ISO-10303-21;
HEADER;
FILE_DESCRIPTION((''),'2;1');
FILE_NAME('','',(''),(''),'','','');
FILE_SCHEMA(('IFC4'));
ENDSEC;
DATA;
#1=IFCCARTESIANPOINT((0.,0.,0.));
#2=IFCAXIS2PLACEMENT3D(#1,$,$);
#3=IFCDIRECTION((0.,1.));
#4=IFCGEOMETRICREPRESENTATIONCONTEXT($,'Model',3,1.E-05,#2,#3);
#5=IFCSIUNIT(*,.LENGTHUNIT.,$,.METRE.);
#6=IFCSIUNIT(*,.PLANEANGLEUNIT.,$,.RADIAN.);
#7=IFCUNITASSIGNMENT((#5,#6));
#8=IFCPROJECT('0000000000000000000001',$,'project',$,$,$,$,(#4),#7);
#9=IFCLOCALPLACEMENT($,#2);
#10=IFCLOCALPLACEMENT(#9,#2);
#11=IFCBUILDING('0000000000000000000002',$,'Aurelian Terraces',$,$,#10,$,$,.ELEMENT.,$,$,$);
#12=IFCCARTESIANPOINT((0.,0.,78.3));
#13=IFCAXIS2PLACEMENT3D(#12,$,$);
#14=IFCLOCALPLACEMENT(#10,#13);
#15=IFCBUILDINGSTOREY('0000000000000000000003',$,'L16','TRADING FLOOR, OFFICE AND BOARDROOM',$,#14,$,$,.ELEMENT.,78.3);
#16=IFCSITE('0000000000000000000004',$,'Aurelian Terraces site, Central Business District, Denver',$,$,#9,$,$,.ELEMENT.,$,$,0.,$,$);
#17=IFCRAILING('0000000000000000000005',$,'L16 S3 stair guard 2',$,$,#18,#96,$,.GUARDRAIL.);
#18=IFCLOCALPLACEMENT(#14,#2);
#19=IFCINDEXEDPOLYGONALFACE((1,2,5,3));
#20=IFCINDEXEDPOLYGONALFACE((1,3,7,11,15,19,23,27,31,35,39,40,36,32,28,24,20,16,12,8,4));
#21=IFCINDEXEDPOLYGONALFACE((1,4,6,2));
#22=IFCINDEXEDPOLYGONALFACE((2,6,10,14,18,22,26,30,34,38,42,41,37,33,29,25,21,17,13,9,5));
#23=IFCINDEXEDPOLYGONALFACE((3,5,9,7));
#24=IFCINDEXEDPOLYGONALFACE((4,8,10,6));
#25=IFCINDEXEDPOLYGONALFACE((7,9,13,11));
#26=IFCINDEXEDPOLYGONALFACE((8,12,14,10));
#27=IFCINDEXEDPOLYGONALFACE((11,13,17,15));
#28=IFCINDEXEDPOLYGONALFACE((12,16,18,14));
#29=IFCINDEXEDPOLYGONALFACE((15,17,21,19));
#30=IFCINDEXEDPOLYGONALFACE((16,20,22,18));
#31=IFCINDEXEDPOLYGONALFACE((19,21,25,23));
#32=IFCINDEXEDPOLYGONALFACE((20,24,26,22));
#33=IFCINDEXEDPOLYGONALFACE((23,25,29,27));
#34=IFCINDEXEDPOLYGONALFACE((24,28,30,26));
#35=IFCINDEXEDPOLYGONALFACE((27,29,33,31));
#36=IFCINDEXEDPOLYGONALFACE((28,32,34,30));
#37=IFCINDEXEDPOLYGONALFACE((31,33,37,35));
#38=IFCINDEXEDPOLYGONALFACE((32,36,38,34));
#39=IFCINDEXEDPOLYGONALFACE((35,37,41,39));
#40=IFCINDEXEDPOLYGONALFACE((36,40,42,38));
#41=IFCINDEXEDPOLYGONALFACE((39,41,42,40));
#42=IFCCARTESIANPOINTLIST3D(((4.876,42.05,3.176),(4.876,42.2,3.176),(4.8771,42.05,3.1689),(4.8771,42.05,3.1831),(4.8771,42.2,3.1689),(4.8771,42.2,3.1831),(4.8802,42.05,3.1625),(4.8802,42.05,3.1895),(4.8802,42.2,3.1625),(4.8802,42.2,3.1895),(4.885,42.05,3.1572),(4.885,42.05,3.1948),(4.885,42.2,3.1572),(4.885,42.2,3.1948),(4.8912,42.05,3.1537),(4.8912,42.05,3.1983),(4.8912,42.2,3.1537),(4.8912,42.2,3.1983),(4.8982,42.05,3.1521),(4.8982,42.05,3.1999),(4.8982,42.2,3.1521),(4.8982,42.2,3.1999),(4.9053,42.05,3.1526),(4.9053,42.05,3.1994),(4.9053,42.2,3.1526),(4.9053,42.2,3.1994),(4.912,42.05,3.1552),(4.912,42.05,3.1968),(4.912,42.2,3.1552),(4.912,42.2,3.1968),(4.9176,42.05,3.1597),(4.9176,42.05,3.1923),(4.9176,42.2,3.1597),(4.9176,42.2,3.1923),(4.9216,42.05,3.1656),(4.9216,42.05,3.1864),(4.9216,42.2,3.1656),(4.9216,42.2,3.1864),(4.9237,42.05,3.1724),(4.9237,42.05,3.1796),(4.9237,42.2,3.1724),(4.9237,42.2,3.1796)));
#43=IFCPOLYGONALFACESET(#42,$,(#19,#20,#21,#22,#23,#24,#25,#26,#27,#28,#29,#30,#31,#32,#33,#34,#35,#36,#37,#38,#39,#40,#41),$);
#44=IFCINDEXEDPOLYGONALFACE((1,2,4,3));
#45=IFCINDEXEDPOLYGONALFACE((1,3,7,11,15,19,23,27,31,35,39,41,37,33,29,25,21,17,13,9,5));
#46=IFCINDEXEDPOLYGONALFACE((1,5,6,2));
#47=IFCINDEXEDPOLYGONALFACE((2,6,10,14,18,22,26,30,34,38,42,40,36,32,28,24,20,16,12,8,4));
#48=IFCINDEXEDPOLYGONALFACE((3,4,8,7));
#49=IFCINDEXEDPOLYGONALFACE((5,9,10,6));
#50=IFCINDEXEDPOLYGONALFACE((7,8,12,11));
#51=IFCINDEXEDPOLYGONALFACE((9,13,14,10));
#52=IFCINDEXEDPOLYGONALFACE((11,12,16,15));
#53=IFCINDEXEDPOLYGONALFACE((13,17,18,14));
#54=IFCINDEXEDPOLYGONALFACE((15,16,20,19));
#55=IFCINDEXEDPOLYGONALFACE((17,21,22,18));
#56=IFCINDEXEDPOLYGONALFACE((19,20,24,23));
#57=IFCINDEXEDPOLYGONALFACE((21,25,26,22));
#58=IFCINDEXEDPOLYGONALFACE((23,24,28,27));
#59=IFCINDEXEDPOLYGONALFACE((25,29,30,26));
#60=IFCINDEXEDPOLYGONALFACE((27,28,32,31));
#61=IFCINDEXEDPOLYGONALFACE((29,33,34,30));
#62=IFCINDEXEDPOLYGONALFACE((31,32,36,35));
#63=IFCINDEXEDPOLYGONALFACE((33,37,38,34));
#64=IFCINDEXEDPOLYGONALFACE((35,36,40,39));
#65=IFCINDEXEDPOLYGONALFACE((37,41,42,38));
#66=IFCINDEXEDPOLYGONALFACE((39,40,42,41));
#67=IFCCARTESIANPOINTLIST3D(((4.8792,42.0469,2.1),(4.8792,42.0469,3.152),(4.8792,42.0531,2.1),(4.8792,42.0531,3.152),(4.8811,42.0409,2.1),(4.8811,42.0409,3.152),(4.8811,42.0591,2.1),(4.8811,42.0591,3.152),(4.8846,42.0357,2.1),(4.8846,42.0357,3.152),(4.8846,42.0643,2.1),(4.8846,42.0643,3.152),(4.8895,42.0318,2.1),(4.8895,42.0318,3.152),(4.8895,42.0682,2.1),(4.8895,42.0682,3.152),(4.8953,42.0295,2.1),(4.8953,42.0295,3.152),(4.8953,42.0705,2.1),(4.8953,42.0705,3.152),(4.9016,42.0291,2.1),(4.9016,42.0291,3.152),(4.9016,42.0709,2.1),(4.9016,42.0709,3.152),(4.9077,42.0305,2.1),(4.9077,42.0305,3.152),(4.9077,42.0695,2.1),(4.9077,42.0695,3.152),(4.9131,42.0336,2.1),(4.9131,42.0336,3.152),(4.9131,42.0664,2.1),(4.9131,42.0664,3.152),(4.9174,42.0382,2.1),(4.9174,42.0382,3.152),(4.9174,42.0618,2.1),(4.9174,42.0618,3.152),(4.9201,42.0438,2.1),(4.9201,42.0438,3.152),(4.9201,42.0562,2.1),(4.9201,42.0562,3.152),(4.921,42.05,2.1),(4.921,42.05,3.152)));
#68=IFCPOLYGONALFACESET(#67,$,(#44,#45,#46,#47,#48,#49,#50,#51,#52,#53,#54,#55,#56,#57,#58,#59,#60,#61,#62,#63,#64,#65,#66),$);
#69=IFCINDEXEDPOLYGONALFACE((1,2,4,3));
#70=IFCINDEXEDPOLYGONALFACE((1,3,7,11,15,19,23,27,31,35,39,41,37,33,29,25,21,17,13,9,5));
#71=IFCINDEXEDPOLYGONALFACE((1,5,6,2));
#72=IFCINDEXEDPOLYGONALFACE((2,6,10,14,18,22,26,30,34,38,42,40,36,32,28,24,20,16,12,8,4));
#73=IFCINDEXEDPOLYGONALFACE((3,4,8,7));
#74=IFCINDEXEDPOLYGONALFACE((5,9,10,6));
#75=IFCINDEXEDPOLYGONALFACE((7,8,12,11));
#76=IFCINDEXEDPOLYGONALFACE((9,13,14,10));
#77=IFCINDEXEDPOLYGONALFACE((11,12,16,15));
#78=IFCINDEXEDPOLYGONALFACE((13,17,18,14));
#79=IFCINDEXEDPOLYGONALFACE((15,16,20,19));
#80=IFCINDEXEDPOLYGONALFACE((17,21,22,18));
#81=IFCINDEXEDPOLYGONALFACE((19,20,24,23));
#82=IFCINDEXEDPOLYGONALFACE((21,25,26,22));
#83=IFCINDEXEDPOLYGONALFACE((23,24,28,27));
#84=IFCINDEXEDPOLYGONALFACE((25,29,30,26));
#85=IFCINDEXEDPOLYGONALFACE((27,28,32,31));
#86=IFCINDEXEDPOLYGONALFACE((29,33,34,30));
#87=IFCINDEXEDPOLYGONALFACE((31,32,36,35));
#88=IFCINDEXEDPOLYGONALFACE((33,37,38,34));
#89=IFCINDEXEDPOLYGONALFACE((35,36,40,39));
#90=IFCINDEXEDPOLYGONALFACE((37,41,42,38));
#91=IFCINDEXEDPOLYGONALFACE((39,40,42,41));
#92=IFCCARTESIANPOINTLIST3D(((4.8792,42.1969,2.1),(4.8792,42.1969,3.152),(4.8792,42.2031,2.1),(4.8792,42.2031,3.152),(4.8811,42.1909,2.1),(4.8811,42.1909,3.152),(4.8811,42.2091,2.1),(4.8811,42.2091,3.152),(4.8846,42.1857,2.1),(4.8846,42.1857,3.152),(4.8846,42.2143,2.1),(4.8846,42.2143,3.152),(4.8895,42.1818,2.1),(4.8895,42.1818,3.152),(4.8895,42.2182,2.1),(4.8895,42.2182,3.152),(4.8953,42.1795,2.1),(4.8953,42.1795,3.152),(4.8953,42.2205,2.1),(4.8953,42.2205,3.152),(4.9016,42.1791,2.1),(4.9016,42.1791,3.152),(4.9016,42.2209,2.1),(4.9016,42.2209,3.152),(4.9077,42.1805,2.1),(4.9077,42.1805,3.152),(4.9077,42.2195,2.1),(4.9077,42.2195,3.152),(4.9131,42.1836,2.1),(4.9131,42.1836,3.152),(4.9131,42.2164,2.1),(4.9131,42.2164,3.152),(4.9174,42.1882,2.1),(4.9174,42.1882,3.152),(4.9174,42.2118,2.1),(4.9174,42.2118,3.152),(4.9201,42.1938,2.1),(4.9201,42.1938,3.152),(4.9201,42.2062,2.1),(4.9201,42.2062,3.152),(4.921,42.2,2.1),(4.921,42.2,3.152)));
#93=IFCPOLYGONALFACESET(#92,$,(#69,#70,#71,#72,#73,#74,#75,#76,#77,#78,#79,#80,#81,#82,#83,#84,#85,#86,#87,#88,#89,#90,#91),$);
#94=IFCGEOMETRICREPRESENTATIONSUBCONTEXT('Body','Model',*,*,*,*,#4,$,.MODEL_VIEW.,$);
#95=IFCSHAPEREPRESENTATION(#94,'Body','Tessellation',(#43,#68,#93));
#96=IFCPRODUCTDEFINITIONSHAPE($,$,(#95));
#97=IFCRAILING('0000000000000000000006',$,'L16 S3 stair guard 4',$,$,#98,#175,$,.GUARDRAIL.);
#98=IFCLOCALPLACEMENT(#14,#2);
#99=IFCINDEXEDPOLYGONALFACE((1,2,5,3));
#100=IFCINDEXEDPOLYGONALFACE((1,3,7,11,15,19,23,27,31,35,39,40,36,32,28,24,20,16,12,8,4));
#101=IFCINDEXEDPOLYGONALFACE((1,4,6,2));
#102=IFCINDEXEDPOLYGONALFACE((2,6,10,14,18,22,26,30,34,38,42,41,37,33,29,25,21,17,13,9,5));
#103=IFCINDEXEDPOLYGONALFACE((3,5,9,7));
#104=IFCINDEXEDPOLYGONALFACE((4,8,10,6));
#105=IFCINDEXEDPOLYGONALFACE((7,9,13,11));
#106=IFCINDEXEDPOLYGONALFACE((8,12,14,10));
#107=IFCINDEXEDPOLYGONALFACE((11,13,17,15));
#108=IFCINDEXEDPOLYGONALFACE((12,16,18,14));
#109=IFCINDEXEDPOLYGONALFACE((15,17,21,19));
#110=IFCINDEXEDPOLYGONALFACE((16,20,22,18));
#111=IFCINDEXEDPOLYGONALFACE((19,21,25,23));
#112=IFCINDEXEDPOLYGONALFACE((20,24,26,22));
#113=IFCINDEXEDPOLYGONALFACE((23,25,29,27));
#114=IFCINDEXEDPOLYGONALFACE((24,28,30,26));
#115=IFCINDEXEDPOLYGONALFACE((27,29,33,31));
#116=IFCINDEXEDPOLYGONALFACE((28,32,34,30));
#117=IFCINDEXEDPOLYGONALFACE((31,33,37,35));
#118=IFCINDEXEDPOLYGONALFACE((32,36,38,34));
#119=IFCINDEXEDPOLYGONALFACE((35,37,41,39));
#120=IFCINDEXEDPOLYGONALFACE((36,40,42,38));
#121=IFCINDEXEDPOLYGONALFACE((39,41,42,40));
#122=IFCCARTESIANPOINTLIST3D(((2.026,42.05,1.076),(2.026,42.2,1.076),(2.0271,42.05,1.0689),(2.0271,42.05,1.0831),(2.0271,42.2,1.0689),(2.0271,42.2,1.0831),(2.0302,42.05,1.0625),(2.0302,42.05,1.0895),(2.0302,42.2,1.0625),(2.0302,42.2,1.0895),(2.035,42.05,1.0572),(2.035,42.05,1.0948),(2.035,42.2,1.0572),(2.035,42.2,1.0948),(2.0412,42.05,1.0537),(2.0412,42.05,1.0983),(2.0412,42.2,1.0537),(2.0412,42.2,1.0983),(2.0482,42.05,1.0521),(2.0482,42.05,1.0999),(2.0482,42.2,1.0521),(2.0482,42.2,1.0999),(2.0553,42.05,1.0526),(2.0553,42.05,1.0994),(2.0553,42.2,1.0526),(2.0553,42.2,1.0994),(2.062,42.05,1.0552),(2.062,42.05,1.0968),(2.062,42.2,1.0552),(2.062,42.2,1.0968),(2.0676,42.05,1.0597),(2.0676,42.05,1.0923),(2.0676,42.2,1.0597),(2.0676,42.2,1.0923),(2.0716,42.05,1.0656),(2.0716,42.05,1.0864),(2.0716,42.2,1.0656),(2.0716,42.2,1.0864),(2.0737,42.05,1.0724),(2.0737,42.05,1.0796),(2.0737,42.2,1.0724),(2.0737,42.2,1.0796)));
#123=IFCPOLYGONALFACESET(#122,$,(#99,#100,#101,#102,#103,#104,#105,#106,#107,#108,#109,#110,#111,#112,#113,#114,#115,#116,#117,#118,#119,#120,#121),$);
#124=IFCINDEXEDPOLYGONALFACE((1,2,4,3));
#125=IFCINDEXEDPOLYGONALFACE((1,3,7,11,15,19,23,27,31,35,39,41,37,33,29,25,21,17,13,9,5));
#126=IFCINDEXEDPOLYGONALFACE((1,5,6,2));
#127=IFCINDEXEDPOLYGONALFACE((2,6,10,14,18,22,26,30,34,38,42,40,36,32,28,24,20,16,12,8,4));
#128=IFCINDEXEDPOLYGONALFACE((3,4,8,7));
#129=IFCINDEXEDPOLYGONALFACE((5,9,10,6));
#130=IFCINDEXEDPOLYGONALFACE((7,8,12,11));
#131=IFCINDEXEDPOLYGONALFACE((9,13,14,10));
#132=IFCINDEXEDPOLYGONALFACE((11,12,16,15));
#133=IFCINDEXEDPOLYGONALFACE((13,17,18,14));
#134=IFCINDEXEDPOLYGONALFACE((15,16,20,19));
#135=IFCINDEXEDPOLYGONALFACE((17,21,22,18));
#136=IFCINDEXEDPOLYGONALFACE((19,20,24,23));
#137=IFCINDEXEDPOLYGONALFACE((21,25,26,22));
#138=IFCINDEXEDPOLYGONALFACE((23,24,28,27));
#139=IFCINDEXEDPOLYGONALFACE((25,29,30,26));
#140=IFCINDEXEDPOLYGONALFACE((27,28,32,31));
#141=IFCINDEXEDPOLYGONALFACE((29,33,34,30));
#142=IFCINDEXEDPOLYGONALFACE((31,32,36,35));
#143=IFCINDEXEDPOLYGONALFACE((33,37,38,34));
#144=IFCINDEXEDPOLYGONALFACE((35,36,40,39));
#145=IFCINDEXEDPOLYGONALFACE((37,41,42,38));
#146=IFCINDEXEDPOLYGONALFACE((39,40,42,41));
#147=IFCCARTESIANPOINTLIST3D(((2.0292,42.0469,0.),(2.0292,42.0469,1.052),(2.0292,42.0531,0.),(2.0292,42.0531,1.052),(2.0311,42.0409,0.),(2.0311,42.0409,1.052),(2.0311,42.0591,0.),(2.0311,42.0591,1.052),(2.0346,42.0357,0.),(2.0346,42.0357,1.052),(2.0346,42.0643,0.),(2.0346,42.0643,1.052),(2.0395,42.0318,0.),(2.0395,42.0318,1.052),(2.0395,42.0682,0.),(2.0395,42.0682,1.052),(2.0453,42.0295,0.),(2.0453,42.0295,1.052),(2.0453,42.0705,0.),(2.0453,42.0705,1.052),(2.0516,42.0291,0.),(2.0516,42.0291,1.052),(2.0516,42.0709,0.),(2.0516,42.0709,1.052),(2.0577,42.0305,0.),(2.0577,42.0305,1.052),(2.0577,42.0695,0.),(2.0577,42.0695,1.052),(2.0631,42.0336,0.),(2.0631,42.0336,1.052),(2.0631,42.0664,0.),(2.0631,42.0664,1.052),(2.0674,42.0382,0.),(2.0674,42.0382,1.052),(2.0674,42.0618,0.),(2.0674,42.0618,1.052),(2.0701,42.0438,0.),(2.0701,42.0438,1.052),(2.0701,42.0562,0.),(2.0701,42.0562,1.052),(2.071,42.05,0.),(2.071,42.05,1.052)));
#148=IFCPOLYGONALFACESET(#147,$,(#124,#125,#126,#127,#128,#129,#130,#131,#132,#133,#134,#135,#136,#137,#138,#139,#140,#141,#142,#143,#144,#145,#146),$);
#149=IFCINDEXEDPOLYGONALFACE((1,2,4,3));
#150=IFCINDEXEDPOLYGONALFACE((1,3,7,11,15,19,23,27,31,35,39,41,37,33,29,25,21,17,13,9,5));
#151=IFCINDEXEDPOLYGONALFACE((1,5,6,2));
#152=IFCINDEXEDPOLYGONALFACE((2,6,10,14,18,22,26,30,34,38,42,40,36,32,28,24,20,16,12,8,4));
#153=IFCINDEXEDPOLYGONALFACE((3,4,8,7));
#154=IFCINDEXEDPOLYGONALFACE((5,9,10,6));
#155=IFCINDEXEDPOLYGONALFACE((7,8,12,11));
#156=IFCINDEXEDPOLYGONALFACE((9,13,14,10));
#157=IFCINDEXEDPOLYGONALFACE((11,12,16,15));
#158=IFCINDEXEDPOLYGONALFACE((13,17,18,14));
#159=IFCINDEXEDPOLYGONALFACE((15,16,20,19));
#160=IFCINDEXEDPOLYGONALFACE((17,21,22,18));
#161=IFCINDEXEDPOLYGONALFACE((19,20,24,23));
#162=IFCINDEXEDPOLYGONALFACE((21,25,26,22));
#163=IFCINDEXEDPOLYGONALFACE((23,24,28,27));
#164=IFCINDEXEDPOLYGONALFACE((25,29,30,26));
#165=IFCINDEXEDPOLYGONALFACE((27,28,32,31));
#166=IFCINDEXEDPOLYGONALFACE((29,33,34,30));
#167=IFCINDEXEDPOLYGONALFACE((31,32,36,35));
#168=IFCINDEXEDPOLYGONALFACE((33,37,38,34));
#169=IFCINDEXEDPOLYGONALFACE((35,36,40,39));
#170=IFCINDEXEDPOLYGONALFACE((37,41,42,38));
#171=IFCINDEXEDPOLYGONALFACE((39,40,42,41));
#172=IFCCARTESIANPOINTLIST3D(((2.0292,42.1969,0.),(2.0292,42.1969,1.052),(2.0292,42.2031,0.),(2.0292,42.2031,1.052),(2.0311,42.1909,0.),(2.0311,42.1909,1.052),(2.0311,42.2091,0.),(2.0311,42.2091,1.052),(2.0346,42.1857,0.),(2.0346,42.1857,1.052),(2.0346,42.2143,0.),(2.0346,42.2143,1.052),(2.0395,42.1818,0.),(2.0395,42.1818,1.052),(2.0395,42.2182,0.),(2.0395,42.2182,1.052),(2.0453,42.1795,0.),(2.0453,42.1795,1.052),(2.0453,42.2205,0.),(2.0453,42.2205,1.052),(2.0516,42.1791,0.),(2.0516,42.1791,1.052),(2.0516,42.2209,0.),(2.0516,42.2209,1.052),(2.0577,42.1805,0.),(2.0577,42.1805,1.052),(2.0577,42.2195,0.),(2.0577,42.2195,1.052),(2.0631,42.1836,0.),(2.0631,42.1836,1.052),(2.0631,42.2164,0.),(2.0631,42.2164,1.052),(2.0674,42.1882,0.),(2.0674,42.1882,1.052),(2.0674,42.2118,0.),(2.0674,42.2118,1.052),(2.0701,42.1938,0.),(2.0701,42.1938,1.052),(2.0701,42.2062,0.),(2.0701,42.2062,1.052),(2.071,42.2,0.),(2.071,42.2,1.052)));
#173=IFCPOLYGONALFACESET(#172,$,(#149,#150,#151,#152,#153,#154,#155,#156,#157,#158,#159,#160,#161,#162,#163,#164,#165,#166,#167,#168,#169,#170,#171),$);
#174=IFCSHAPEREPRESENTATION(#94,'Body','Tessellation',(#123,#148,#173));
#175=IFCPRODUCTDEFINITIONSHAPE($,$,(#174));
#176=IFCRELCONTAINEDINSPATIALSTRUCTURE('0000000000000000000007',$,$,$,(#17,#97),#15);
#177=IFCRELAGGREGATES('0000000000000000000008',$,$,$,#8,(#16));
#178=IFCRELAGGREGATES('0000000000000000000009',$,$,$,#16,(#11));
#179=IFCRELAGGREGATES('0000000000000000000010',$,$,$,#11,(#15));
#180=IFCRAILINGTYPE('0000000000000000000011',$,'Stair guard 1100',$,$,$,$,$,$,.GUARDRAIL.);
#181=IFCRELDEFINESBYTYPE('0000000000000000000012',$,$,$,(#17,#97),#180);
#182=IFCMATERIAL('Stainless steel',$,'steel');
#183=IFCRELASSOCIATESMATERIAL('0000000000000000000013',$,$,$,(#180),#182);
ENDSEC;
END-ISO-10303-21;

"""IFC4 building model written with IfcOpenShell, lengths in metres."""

from ifc_helpers import new_model, si_unit, direction, frame, origin, origin_2d, place, context, subcontext, project, spatial, circle, extrude, source, transform, mapped, material, type_object, element, save


model = new_model("IFC4")

# Units and contexts
model_context = context("Model", 3, precision=1e-05, world=origin(), true_north=direction((0.0, 1.0)))
body_context = subcontext(model_context, "Body", "Model", "MODEL_VIEW")
ifc_project = project(units=[si_unit("LENGTHUNIT", "METRE"), si_unit("PLANEANGLEUNIT", "RADIAN")], contexts=[model_context])

# Site, building, storey
site_placement = place(None, origin())
site = spatial("IfcSite", under=ifc_project, at=site_placement, Name="Aurelian Terraces site, Central Business District, Denver", CompositionType="ELEMENT", RefElevation=0.0)
building_placement = place(site_placement, origin())
building = spatial("IfcBuilding", under=site, at=building_placement, Name="Aurelian Terraces", CompositionType="ELEMENT")
storey_placement = place(building_placement, frame((0.0, 0.0, 78.3)))
storey = spatial("IfcBuildingStorey", under=building, at=storey_placement, Name="L16", Description="TRADING FLOOR, OFFICE AND BOARDROOM", CompositionType="ELEMENT", Elevation=78.3)

# Railings
ifc_material_1 = material(Name="Stainless steel", Category="steel")
railing_type_1 = type_object("IfcRailingType", Name="Stair guard 1100", PredefinedType="GUARDRAIL", material=ifc_material_1)
shared_shape_1 = source(origin(), body_context, "Body", "SweptSolid", [
    extrude(circle(Radius=0.024, at=origin_2d()), frame((0.0, 0.0, 1.076), z_axis=(0.0, 1.0, 0.0), x_axis=(-1.0, 0.0, 0.0)), (0.0, 0.0, 1.0), 0.15),
    extrude(circle(Radius=0.021, at=origin_2d()), origin(), (0.0, 0.0, 1.0), 1.052),
    extrude(circle(Radius=0.021, at=origin_2d()), frame((0.0, 0.15, 0.0)), (0.0, 0.0, 1.0), 1.052),
])
for number, where, name in (
    (1, (4.9, 42.05, 2.1), "L16 S3 stair guard 2"),
    (2, (2.05, 42.05, 0.0), "L16 S3 stair guard 4"),
):
    element("IfcRailing", number, at=place(storey_placement, frame(where)), inside=storey, type_object=railing_type_1, Name=name, PredefinedType="GUARDRAIL", context=body_context, shape_type="MappedRepresentation", body=[
        mapped(shared_shape_1, transform((0.0, 0.0, 0.0), scale=1.0)),
    ])

save(model, "model.ifc")
